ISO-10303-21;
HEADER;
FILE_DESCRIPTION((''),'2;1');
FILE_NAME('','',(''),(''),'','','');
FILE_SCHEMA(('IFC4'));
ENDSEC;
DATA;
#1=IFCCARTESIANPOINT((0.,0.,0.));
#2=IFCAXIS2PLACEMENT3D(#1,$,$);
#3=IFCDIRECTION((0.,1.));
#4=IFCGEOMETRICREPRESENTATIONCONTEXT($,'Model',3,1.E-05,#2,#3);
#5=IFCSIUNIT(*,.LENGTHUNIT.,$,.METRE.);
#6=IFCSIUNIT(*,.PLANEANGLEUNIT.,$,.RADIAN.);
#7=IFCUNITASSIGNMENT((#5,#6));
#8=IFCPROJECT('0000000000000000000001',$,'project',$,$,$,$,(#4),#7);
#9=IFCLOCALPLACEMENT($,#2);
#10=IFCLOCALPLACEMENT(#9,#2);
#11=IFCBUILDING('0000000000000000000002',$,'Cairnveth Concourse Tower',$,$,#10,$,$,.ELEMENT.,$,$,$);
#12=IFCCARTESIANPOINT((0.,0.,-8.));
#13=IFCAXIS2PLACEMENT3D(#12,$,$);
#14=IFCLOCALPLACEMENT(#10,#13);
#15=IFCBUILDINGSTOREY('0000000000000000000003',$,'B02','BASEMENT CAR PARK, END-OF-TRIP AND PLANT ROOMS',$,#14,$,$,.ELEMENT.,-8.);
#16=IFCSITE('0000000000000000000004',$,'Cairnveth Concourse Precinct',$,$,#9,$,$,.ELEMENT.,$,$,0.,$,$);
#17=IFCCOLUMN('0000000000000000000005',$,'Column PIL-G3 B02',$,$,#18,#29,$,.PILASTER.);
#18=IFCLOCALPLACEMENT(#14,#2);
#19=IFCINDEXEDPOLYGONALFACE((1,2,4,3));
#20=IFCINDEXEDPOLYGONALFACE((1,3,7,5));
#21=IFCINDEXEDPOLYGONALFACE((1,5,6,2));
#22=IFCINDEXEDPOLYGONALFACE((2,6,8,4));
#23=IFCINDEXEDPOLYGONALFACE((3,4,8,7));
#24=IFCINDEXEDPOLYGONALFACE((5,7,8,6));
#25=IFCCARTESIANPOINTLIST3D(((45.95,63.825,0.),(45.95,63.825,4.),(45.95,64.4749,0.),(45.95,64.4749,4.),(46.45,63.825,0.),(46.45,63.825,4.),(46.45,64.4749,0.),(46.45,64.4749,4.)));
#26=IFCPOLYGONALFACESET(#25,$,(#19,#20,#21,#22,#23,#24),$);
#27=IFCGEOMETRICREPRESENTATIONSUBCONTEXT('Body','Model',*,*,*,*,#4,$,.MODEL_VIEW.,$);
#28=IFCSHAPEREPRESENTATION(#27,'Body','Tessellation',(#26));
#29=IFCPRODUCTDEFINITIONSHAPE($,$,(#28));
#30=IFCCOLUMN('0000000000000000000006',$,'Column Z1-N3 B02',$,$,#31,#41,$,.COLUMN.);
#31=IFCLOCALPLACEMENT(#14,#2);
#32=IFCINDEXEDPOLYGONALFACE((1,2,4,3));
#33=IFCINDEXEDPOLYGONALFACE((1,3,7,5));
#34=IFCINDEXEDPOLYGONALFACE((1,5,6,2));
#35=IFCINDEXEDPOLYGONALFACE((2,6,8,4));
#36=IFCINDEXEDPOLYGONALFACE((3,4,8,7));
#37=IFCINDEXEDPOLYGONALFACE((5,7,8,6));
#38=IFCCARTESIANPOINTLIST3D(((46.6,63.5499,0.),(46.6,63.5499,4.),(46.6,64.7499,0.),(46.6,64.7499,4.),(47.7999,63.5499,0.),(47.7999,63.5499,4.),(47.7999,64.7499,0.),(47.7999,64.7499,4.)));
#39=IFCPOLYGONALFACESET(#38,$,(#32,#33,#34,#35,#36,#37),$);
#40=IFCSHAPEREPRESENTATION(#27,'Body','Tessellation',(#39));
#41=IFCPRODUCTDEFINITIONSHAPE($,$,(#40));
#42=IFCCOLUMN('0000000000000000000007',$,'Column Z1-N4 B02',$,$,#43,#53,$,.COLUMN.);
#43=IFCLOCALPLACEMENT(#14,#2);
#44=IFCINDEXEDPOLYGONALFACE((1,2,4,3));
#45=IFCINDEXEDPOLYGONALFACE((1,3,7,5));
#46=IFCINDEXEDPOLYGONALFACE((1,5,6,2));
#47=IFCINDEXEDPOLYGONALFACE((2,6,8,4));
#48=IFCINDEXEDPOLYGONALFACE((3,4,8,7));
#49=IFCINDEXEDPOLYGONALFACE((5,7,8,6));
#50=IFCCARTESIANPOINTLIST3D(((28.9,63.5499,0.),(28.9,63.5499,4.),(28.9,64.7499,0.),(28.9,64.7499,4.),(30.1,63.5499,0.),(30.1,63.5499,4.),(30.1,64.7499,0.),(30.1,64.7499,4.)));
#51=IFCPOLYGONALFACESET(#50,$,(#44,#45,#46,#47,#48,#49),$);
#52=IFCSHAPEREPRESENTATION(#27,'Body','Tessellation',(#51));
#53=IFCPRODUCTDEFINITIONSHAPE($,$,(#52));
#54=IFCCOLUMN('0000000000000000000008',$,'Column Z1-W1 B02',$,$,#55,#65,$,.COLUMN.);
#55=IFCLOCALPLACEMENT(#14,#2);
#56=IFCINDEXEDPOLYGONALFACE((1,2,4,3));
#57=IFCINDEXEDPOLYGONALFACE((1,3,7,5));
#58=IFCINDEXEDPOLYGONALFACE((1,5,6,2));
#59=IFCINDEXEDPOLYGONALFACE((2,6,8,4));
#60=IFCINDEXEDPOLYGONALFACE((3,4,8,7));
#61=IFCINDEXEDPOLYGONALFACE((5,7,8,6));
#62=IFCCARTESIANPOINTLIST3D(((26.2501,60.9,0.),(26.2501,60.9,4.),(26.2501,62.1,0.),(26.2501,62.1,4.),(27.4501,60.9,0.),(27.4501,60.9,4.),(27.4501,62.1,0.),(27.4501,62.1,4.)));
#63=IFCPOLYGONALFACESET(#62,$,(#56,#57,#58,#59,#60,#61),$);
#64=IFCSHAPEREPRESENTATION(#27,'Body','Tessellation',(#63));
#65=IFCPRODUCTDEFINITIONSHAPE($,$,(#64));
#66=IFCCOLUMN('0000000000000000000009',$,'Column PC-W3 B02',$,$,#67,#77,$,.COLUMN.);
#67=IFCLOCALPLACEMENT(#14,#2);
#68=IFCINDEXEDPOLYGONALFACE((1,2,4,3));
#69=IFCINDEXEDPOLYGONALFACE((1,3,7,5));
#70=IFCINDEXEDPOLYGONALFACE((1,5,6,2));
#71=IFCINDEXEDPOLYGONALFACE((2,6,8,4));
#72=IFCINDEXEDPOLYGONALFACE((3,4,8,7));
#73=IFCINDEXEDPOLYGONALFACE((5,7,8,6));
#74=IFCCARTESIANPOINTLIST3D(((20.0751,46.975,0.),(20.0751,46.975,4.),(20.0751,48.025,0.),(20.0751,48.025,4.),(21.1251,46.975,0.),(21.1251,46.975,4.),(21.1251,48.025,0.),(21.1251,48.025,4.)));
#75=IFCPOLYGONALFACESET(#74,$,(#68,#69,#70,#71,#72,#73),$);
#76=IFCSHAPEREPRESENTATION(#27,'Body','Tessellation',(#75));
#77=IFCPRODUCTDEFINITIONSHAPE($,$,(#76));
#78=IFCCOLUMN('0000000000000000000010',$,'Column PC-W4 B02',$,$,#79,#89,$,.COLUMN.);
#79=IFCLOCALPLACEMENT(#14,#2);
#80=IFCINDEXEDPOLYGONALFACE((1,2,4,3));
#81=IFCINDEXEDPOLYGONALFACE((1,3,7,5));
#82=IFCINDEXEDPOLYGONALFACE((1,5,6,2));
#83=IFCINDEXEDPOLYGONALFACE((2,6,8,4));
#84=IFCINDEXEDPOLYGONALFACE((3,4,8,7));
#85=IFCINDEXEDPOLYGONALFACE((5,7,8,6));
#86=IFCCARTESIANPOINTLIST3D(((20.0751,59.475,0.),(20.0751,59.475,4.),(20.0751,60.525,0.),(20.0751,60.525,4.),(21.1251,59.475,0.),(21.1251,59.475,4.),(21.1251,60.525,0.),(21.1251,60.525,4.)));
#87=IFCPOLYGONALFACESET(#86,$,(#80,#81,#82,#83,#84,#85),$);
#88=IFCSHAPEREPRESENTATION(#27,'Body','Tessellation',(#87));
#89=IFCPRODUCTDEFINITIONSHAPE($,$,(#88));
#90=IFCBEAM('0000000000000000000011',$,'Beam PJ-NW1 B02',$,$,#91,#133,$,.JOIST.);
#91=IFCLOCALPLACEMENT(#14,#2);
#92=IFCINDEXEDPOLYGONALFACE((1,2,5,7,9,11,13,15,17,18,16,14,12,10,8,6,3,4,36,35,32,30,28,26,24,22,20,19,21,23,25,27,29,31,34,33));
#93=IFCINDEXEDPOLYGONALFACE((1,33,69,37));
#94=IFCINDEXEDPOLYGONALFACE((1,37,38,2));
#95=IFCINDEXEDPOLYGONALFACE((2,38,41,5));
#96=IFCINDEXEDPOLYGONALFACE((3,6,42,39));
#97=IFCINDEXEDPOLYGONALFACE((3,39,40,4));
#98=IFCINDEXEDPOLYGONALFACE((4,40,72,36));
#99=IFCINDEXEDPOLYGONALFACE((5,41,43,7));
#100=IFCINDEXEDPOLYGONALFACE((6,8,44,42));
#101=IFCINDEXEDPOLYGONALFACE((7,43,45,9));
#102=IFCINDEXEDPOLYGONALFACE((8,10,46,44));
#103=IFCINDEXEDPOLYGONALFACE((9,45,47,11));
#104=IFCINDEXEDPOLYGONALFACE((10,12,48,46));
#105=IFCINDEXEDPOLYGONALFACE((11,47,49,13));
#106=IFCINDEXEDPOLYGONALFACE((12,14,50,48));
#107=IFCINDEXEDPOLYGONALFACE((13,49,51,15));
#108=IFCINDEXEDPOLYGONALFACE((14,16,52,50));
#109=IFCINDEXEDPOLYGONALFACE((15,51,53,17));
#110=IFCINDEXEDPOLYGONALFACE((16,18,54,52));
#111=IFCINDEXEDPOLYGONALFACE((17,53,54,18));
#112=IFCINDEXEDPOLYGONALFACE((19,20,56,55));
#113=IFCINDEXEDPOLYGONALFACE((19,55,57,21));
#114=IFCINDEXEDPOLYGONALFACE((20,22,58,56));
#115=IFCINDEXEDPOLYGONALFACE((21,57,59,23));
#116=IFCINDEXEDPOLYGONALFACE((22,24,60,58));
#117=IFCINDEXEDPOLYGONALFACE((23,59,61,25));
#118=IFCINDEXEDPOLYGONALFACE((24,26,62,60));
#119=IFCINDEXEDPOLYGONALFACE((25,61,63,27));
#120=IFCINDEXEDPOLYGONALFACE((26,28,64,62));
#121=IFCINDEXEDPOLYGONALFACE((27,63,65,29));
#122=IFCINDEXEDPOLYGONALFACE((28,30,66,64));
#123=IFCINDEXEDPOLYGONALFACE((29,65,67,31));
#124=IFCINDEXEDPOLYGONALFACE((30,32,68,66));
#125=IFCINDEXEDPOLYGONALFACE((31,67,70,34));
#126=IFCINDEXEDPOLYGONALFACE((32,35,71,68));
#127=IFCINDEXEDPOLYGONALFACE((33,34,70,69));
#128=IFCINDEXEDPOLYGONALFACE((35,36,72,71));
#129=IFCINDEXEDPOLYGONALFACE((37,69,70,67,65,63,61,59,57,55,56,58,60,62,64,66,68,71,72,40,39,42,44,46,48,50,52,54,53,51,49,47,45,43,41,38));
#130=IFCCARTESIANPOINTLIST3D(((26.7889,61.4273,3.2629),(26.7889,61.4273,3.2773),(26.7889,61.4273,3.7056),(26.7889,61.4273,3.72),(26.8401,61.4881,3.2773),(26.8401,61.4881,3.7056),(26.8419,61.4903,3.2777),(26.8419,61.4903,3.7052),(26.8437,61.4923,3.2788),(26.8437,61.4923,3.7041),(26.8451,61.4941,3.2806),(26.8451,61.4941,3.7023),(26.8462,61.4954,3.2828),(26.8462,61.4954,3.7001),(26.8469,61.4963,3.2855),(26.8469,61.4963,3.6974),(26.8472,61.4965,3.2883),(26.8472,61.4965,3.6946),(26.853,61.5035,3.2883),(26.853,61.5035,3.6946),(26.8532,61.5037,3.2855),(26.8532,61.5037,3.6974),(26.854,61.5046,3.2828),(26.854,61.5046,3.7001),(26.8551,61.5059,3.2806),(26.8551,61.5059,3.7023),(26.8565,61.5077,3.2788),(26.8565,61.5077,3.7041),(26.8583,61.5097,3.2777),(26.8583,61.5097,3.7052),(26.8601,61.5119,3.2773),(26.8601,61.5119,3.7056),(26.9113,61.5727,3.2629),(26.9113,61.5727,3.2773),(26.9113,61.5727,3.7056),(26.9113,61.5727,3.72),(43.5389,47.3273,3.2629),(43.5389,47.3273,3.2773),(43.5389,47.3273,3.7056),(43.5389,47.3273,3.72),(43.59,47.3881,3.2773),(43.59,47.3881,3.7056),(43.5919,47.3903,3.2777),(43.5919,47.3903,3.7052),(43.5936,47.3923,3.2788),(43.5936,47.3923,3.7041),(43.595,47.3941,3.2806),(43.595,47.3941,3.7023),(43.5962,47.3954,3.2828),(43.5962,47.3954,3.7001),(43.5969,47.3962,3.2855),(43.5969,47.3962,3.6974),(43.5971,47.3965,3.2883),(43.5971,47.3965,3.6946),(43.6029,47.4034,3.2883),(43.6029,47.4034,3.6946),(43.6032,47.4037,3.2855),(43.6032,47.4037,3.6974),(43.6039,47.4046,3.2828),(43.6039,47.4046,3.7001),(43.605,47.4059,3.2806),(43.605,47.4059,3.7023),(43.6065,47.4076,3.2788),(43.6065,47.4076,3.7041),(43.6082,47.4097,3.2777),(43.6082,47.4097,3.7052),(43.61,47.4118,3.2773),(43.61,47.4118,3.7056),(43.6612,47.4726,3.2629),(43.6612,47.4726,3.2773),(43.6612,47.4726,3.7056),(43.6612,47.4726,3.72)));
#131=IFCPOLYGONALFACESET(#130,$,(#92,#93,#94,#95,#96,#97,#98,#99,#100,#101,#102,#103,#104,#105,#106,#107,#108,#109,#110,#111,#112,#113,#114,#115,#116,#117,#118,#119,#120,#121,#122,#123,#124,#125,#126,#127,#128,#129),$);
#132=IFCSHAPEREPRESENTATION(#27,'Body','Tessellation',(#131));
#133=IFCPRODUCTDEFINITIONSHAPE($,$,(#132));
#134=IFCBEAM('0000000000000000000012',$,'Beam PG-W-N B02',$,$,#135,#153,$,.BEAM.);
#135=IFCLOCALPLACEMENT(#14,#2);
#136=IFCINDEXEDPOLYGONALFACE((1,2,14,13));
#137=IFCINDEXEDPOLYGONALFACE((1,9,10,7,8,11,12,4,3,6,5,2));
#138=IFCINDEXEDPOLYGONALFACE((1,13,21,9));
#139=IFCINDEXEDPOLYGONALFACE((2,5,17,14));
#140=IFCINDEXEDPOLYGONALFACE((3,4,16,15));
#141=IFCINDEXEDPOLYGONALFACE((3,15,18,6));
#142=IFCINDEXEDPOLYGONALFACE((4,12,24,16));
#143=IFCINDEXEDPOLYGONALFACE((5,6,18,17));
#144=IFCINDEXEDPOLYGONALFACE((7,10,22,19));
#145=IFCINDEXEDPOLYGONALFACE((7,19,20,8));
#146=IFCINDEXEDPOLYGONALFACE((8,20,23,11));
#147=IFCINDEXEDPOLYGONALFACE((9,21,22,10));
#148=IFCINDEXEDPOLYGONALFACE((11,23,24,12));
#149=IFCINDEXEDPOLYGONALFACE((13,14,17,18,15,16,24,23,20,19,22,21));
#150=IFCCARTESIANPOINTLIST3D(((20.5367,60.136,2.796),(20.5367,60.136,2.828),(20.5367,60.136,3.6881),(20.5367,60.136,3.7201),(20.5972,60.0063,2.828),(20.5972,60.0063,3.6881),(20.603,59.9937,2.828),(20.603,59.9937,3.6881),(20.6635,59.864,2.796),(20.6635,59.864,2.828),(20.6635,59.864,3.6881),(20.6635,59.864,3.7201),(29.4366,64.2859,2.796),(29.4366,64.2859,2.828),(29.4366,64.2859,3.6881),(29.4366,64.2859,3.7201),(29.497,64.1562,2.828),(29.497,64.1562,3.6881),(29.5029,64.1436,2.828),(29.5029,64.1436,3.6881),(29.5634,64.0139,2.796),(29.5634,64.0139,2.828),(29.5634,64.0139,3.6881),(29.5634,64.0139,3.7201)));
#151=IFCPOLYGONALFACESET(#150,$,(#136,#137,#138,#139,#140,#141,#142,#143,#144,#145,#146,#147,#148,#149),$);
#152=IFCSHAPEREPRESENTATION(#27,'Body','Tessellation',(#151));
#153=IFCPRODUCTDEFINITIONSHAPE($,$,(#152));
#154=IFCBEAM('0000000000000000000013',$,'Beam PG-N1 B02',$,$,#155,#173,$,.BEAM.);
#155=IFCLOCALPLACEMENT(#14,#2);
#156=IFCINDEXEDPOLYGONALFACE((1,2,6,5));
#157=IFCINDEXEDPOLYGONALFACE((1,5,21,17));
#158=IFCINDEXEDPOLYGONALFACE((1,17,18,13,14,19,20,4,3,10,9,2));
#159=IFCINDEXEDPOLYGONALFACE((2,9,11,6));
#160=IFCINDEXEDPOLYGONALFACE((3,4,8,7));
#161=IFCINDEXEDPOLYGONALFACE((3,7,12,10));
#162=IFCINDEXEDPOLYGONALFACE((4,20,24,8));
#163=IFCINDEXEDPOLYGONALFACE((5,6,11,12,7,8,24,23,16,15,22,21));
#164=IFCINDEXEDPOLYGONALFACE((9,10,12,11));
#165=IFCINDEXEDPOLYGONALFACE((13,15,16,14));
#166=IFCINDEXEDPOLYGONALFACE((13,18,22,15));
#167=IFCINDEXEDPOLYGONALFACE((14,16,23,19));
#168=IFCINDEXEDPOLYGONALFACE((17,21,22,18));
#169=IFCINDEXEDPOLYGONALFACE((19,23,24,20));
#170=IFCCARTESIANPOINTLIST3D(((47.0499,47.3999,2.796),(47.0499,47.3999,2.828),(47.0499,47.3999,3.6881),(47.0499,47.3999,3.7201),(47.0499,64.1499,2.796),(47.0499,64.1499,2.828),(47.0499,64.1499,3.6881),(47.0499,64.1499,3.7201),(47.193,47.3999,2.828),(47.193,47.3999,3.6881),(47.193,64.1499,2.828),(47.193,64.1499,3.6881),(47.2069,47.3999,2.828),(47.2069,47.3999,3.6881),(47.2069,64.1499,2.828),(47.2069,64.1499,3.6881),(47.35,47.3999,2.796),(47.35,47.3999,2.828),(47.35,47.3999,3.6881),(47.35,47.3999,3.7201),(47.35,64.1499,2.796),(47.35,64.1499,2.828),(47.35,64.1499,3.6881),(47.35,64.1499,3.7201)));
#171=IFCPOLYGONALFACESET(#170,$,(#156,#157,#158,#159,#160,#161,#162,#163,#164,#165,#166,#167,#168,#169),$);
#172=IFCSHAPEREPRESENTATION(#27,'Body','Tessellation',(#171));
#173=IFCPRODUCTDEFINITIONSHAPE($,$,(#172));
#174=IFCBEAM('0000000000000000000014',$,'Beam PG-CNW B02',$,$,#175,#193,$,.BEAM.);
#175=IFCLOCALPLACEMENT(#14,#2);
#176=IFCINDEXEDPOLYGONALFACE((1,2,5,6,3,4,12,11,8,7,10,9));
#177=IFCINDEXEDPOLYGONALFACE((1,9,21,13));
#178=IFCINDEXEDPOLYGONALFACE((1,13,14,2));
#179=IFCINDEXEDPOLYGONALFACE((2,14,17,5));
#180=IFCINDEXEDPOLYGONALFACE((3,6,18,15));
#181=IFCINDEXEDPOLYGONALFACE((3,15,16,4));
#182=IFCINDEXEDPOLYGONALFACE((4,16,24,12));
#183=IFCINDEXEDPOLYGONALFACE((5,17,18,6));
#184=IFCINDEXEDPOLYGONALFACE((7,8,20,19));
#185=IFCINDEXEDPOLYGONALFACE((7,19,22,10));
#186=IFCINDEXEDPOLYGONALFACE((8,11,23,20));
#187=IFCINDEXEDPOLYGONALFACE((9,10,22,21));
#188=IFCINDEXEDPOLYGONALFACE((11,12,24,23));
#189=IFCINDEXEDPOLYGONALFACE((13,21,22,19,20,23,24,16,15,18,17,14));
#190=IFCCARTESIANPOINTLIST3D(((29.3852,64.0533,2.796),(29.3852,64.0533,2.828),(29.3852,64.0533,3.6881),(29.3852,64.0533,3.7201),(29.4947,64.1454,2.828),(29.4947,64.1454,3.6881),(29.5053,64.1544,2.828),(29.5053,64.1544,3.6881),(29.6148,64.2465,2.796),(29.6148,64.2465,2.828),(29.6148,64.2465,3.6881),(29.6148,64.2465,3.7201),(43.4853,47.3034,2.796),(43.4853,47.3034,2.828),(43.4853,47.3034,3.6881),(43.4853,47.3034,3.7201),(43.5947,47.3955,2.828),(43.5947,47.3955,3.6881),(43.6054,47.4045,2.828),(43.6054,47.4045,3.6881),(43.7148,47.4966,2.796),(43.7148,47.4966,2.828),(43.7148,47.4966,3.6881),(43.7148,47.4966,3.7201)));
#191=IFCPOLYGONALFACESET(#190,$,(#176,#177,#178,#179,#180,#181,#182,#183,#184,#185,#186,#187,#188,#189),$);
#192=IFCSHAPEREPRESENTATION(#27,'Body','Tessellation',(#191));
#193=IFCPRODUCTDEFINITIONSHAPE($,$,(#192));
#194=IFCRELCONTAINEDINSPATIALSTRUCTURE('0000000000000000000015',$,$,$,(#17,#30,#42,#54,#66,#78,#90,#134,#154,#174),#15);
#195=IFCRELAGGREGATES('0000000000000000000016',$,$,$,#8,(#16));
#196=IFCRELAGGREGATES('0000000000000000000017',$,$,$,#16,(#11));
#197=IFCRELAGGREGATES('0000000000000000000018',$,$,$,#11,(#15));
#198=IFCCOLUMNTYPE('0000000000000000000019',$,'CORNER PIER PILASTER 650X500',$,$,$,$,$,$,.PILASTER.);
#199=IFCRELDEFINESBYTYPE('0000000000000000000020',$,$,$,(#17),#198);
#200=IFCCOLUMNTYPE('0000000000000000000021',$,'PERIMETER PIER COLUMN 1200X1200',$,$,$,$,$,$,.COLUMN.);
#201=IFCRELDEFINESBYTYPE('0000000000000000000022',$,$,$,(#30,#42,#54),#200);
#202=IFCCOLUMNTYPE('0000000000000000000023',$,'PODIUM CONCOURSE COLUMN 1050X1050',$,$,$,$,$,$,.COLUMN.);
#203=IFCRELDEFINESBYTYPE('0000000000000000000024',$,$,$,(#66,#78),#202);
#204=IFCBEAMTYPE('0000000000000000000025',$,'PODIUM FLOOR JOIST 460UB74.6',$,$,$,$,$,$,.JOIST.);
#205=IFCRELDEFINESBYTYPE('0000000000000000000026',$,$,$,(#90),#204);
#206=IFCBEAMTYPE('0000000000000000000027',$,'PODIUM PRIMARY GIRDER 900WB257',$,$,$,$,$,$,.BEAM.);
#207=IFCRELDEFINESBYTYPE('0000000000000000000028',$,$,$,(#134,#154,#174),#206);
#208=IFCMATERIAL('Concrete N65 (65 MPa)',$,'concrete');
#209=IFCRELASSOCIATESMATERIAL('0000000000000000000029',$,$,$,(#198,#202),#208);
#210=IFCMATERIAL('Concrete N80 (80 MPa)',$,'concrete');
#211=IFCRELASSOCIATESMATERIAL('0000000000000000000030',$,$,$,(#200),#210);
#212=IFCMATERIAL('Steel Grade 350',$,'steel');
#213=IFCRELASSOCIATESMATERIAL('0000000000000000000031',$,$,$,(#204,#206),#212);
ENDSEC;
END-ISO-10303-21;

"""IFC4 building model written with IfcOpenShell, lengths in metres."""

from ifc_helpers import new_model, si_unit, direction, frame, origin, origin_2d, place, context, subcontext, project, spatial, rectangle, i_section, extrude, material, material_profile, profile_set, type_object, element, save


model = new_model("IFC4")

# Units and contexts
model_context = context("Model", 3, precision=1e-05, world=origin(), true_north=direction((0.0, 1.0)))
body_context = subcontext(model_context, "Body", "Model", "MODEL_VIEW")
ifc_project = project(units=[si_unit("LENGTHUNIT", "METRE"), si_unit("PLANEANGLEUNIT", "RADIAN")], contexts=[model_context])

# Site, building, storey
site_placement = place(None, origin())
site = spatial("IfcSite", under=ifc_project, at=site_placement, Name="Cairnveth Concourse Precinct", CompositionType="ELEMENT", RefElevation=0.0)
building_placement = place(site_placement, origin())
building = spatial("IfcBuilding", under=site, at=building_placement, Name="Cairnveth Concourse Tower", CompositionType="ELEMENT")
storey_placement = place(building_placement, frame((0.0, 0.0, -8.0)))
storey = spatial("IfcBuildingStorey", under=building, at=storey_placement, Name="B02", Description="BASEMENT CAR PARK, END-OF-TRIP AND PLANT ROOMS", CompositionType="ELEMENT", Elevation=-8.0)

# Shared definitions
ifc_material_1 = material(Name="Concrete N65 (65 MPa)", Category="concrete")

# Columns
ifc_material_profile_1 = material_profile(ifc_material_1, rectangle(XDim=0.5, YDim=0.6499, at=origin_2d()), Name="RC-PIL-650x500")
ifc_profile_set_1 = profile_set([ifc_material_profile_1], Name="Concrete N65 (65 MPa)")
column_type_1 = type_object("IfcColumnType", Name="CORNER PIER PILASTER 650X500", PredefinedType="PILASTER", material=ifc_profile_set_1)
column_placement = place(storey_placement, frame((46.2, 64.1499, 0.0), z_axis=(0.0, 0.0, 1.0), x_axis=(1.0, 0.0, 0.0)))
element("IfcColumn", 1, at=column_placement, inside=storey, type_object=column_type_1, Name="Column PIL-G3 B02", PredefinedType="PILASTER", context=body_context, shape_type="SweptSolid", body=[
    extrude(rectangle(XDim=0.5, YDim=0.6499, at=origin_2d()), origin(), (0.0, 0.0, 1.0), 4.0),
])
ifc_material_2 = material(Name="Concrete N80 (80 MPa)", Category="concrete")
ifc_material_profile_2 = material_profile(ifc_material_2, rectangle(XDim=1.2, YDim=1.2, at=origin_2d()), Name="RC-COL-1200x1200")
ifc_profile_set_2 = profile_set([ifc_material_profile_2], Name="Concrete N80 (80 MPa)")
column_type_2 = type_object("IfcColumnType", Name="PERIMETER PIER COLUMN 1200X1200", PredefinedType="COLUMN", material=ifc_profile_set_2)
for number, where, z_axis, x_axis, name in (
    (2, (47.2, 64.1499, 0.0), (0.0, 0.0, 1.0), (1.0, 0.0, 0.0), "Column Z1-N3 B02"),
    (3, (29.5, 64.1499, 0.0), (0.0, 0.0, 1.0), (1.0, 0.0, 0.0), "Column Z1-N4 B02"),
    (4, (26.8501, 61.5, 0.0), (0.0, 0.0, 1.0), (1.0, 0.0, 0.0), "Column Z1-W1 B02"),
):
    element("IfcColumn", number, at=place(storey_placement, frame(where, z_axis=z_axis, x_axis=x_axis)), inside=storey, type_object=column_type_2, Name=name, PredefinedType="COLUMN", context=body_context, shape_type="SweptSolid", body=[
        extrude(rectangle(XDim=1.2, YDim=1.2, at=origin_2d()), origin(), (0.0, 0.0, 1.0), 4.0),
    ])
ifc_material_profile_3 = material_profile(ifc_material_1, rectangle(XDim=1.05, YDim=1.05, at=origin_2d()), Name="RC-COL-1050x1050")
ifc_profile_set_3 = profile_set([ifc_material_profile_3], Name="Concrete N65 (65 MPa)")
column_type_3 = type_object("IfcColumnType", Name="PODIUM CONCOURSE COLUMN 1050X1050", PredefinedType="COLUMN", material=ifc_profile_set_3)
for number, where, z_axis, x_axis, name in (
    (5, (20.6001, 47.5, 0.0), (0.0, 0.0, 1.0), (1.0, 0.0, 0.0), "Column PC-W3 B02"),
    (6, (20.6001, 60.0, 0.0), (0.0, 0.0, 1.0), (1.0, 0.0, 0.0), "Column PC-W4 B02"),
):
    element("IfcColumn", number, at=place(storey_placement, frame(where, z_axis=z_axis, x_axis=x_axis)), inside=storey, type_object=column_type_3, Name=name, PredefinedType="COLUMN", context=body_context, shape_type="SweptSolid", body=[
        extrude(rectangle(XDim=1.05, YDim=1.05, at=origin_2d()), origin(), (0.0, 0.0, 1.0), 4.0),
    ])

# Beams
ifc_material_3 = material(Name="Steel Grade 350", Category="steel")
ifc_material_profile_4 = material_profile(ifc_material_3, i_section(OverallWidth=0.1899, OverallDepth=0.457, WebThickness=0.009, FlangeThickness=0.0144, FilletRadius=0.011, at=origin_2d()), Name="460UB74.6")
ifc_profile_set_4 = profile_set([ifc_material_profile_4], Name="Steel Grade 350")
beam_type_1 = type_object("IfcBeamType", Name="PODIUM FLOOR JOIST 460UB74.6", PredefinedType="JOIST", material=ifc_profile_set_4)
beam_1_placement = place(storey_placement, frame((26.8501, 61.5, 3.4915), z_axis=(0.765027, -0.643998, 0.0), x_axis=(0.643998, 0.765027, 0.0)))
element("IfcBeam", 7, at=beam_1_placement, inside=storey, type_object=beam_type_1, Name="Beam PJ-NW1 B02", PredefinedType="JOIST", context=body_context, shape_type="SweptSolid", body=[
    extrude(i_section(OverallWidth=0.1899, OverallDepth=0.457, WebThickness=0.009, FlangeThickness=0.0144, FilletRadius=0.011, at=origin_2d()), origin(), (0.0, 0.0, 1.0), 21.8945),
])
ifc_material_profile_5 = material_profile(ifc_material_3, i_section(OverallWidth=0.3, OverallDepth=0.9241, WebThickness=0.0139, FlangeThickness=0.032, at=origin_2d()), Name="900WB257")
ifc_profile_set_5 = profile_set([ifc_material_profile_5], Name="Steel Grade 350")
beam_type_2 = type_object("IfcBeamType", Name="PODIUM PRIMARY GIRDER 900WB257", PredefinedType="BEAM", material=ifc_profile_set_5)
beam_2_placement = place(storey_placement, frame((20.6001, 60.0, 3.2581), z_axis=(0.906315, 0.422602, 0.0), x_axis=(-0.422602, 0.906315, 0.0)))
element("IfcBeam", 8, at=beam_2_placement, inside=storey, type_object=beam_type_2, Name="Beam PG-W-N B02", PredefinedType="BEAM", context=body_context, shape_type="SweptSolid", body=[
    extrude(i_section(OverallWidth=0.3, OverallDepth=0.9241, WebThickness=0.0139, FlangeThickness=0.032, at=origin_2d()), origin(), (0.0, 0.0, 1.0), 9.8198),
])
beam_3_placement = place(storey_placement, frame((47.2, 47.3999, 3.2581), z_axis=(0.0, 1.0, 0.0), x_axis=(-1.0, 0.0, 0.0)))
element("IfcBeam", 9, at=beam_3_placement, inside=storey, type_object=beam_type_2, Name="Beam PG-N1 B02", PredefinedType="BEAM", context=body_context, shape_type="SweptSolid", body=[
    extrude(i_section(OverallWidth=0.3, OverallDepth=0.9241, WebThickness=0.0139, FlangeThickness=0.032, at=origin_2d()), origin(), (0.0, 0.0, 1.0), 16.75),
])
beam_4_placement = place(storey_placement, frame((29.5, 64.1499, 3.2581), z_axis=(0.643998, -0.765027, 0.0), x_axis=(0.765027, 0.643998, 0.0)))
element("IfcBeam", 10, at=beam_4_placement, inside=storey, type_object=beam_type_2, Name="Beam PG-CNW B02", PredefinedType="BEAM", context=body_context, shape_type="SweptSolid", body=[
    extrude(i_section(OverallWidth=0.3, OverallDepth=0.9241, WebThickness=0.0139, FlangeThickness=0.032, at=origin_2d()), origin(), (0.0, 0.0, 1.0), 21.8945),
])

save(model, "model.ifc")
